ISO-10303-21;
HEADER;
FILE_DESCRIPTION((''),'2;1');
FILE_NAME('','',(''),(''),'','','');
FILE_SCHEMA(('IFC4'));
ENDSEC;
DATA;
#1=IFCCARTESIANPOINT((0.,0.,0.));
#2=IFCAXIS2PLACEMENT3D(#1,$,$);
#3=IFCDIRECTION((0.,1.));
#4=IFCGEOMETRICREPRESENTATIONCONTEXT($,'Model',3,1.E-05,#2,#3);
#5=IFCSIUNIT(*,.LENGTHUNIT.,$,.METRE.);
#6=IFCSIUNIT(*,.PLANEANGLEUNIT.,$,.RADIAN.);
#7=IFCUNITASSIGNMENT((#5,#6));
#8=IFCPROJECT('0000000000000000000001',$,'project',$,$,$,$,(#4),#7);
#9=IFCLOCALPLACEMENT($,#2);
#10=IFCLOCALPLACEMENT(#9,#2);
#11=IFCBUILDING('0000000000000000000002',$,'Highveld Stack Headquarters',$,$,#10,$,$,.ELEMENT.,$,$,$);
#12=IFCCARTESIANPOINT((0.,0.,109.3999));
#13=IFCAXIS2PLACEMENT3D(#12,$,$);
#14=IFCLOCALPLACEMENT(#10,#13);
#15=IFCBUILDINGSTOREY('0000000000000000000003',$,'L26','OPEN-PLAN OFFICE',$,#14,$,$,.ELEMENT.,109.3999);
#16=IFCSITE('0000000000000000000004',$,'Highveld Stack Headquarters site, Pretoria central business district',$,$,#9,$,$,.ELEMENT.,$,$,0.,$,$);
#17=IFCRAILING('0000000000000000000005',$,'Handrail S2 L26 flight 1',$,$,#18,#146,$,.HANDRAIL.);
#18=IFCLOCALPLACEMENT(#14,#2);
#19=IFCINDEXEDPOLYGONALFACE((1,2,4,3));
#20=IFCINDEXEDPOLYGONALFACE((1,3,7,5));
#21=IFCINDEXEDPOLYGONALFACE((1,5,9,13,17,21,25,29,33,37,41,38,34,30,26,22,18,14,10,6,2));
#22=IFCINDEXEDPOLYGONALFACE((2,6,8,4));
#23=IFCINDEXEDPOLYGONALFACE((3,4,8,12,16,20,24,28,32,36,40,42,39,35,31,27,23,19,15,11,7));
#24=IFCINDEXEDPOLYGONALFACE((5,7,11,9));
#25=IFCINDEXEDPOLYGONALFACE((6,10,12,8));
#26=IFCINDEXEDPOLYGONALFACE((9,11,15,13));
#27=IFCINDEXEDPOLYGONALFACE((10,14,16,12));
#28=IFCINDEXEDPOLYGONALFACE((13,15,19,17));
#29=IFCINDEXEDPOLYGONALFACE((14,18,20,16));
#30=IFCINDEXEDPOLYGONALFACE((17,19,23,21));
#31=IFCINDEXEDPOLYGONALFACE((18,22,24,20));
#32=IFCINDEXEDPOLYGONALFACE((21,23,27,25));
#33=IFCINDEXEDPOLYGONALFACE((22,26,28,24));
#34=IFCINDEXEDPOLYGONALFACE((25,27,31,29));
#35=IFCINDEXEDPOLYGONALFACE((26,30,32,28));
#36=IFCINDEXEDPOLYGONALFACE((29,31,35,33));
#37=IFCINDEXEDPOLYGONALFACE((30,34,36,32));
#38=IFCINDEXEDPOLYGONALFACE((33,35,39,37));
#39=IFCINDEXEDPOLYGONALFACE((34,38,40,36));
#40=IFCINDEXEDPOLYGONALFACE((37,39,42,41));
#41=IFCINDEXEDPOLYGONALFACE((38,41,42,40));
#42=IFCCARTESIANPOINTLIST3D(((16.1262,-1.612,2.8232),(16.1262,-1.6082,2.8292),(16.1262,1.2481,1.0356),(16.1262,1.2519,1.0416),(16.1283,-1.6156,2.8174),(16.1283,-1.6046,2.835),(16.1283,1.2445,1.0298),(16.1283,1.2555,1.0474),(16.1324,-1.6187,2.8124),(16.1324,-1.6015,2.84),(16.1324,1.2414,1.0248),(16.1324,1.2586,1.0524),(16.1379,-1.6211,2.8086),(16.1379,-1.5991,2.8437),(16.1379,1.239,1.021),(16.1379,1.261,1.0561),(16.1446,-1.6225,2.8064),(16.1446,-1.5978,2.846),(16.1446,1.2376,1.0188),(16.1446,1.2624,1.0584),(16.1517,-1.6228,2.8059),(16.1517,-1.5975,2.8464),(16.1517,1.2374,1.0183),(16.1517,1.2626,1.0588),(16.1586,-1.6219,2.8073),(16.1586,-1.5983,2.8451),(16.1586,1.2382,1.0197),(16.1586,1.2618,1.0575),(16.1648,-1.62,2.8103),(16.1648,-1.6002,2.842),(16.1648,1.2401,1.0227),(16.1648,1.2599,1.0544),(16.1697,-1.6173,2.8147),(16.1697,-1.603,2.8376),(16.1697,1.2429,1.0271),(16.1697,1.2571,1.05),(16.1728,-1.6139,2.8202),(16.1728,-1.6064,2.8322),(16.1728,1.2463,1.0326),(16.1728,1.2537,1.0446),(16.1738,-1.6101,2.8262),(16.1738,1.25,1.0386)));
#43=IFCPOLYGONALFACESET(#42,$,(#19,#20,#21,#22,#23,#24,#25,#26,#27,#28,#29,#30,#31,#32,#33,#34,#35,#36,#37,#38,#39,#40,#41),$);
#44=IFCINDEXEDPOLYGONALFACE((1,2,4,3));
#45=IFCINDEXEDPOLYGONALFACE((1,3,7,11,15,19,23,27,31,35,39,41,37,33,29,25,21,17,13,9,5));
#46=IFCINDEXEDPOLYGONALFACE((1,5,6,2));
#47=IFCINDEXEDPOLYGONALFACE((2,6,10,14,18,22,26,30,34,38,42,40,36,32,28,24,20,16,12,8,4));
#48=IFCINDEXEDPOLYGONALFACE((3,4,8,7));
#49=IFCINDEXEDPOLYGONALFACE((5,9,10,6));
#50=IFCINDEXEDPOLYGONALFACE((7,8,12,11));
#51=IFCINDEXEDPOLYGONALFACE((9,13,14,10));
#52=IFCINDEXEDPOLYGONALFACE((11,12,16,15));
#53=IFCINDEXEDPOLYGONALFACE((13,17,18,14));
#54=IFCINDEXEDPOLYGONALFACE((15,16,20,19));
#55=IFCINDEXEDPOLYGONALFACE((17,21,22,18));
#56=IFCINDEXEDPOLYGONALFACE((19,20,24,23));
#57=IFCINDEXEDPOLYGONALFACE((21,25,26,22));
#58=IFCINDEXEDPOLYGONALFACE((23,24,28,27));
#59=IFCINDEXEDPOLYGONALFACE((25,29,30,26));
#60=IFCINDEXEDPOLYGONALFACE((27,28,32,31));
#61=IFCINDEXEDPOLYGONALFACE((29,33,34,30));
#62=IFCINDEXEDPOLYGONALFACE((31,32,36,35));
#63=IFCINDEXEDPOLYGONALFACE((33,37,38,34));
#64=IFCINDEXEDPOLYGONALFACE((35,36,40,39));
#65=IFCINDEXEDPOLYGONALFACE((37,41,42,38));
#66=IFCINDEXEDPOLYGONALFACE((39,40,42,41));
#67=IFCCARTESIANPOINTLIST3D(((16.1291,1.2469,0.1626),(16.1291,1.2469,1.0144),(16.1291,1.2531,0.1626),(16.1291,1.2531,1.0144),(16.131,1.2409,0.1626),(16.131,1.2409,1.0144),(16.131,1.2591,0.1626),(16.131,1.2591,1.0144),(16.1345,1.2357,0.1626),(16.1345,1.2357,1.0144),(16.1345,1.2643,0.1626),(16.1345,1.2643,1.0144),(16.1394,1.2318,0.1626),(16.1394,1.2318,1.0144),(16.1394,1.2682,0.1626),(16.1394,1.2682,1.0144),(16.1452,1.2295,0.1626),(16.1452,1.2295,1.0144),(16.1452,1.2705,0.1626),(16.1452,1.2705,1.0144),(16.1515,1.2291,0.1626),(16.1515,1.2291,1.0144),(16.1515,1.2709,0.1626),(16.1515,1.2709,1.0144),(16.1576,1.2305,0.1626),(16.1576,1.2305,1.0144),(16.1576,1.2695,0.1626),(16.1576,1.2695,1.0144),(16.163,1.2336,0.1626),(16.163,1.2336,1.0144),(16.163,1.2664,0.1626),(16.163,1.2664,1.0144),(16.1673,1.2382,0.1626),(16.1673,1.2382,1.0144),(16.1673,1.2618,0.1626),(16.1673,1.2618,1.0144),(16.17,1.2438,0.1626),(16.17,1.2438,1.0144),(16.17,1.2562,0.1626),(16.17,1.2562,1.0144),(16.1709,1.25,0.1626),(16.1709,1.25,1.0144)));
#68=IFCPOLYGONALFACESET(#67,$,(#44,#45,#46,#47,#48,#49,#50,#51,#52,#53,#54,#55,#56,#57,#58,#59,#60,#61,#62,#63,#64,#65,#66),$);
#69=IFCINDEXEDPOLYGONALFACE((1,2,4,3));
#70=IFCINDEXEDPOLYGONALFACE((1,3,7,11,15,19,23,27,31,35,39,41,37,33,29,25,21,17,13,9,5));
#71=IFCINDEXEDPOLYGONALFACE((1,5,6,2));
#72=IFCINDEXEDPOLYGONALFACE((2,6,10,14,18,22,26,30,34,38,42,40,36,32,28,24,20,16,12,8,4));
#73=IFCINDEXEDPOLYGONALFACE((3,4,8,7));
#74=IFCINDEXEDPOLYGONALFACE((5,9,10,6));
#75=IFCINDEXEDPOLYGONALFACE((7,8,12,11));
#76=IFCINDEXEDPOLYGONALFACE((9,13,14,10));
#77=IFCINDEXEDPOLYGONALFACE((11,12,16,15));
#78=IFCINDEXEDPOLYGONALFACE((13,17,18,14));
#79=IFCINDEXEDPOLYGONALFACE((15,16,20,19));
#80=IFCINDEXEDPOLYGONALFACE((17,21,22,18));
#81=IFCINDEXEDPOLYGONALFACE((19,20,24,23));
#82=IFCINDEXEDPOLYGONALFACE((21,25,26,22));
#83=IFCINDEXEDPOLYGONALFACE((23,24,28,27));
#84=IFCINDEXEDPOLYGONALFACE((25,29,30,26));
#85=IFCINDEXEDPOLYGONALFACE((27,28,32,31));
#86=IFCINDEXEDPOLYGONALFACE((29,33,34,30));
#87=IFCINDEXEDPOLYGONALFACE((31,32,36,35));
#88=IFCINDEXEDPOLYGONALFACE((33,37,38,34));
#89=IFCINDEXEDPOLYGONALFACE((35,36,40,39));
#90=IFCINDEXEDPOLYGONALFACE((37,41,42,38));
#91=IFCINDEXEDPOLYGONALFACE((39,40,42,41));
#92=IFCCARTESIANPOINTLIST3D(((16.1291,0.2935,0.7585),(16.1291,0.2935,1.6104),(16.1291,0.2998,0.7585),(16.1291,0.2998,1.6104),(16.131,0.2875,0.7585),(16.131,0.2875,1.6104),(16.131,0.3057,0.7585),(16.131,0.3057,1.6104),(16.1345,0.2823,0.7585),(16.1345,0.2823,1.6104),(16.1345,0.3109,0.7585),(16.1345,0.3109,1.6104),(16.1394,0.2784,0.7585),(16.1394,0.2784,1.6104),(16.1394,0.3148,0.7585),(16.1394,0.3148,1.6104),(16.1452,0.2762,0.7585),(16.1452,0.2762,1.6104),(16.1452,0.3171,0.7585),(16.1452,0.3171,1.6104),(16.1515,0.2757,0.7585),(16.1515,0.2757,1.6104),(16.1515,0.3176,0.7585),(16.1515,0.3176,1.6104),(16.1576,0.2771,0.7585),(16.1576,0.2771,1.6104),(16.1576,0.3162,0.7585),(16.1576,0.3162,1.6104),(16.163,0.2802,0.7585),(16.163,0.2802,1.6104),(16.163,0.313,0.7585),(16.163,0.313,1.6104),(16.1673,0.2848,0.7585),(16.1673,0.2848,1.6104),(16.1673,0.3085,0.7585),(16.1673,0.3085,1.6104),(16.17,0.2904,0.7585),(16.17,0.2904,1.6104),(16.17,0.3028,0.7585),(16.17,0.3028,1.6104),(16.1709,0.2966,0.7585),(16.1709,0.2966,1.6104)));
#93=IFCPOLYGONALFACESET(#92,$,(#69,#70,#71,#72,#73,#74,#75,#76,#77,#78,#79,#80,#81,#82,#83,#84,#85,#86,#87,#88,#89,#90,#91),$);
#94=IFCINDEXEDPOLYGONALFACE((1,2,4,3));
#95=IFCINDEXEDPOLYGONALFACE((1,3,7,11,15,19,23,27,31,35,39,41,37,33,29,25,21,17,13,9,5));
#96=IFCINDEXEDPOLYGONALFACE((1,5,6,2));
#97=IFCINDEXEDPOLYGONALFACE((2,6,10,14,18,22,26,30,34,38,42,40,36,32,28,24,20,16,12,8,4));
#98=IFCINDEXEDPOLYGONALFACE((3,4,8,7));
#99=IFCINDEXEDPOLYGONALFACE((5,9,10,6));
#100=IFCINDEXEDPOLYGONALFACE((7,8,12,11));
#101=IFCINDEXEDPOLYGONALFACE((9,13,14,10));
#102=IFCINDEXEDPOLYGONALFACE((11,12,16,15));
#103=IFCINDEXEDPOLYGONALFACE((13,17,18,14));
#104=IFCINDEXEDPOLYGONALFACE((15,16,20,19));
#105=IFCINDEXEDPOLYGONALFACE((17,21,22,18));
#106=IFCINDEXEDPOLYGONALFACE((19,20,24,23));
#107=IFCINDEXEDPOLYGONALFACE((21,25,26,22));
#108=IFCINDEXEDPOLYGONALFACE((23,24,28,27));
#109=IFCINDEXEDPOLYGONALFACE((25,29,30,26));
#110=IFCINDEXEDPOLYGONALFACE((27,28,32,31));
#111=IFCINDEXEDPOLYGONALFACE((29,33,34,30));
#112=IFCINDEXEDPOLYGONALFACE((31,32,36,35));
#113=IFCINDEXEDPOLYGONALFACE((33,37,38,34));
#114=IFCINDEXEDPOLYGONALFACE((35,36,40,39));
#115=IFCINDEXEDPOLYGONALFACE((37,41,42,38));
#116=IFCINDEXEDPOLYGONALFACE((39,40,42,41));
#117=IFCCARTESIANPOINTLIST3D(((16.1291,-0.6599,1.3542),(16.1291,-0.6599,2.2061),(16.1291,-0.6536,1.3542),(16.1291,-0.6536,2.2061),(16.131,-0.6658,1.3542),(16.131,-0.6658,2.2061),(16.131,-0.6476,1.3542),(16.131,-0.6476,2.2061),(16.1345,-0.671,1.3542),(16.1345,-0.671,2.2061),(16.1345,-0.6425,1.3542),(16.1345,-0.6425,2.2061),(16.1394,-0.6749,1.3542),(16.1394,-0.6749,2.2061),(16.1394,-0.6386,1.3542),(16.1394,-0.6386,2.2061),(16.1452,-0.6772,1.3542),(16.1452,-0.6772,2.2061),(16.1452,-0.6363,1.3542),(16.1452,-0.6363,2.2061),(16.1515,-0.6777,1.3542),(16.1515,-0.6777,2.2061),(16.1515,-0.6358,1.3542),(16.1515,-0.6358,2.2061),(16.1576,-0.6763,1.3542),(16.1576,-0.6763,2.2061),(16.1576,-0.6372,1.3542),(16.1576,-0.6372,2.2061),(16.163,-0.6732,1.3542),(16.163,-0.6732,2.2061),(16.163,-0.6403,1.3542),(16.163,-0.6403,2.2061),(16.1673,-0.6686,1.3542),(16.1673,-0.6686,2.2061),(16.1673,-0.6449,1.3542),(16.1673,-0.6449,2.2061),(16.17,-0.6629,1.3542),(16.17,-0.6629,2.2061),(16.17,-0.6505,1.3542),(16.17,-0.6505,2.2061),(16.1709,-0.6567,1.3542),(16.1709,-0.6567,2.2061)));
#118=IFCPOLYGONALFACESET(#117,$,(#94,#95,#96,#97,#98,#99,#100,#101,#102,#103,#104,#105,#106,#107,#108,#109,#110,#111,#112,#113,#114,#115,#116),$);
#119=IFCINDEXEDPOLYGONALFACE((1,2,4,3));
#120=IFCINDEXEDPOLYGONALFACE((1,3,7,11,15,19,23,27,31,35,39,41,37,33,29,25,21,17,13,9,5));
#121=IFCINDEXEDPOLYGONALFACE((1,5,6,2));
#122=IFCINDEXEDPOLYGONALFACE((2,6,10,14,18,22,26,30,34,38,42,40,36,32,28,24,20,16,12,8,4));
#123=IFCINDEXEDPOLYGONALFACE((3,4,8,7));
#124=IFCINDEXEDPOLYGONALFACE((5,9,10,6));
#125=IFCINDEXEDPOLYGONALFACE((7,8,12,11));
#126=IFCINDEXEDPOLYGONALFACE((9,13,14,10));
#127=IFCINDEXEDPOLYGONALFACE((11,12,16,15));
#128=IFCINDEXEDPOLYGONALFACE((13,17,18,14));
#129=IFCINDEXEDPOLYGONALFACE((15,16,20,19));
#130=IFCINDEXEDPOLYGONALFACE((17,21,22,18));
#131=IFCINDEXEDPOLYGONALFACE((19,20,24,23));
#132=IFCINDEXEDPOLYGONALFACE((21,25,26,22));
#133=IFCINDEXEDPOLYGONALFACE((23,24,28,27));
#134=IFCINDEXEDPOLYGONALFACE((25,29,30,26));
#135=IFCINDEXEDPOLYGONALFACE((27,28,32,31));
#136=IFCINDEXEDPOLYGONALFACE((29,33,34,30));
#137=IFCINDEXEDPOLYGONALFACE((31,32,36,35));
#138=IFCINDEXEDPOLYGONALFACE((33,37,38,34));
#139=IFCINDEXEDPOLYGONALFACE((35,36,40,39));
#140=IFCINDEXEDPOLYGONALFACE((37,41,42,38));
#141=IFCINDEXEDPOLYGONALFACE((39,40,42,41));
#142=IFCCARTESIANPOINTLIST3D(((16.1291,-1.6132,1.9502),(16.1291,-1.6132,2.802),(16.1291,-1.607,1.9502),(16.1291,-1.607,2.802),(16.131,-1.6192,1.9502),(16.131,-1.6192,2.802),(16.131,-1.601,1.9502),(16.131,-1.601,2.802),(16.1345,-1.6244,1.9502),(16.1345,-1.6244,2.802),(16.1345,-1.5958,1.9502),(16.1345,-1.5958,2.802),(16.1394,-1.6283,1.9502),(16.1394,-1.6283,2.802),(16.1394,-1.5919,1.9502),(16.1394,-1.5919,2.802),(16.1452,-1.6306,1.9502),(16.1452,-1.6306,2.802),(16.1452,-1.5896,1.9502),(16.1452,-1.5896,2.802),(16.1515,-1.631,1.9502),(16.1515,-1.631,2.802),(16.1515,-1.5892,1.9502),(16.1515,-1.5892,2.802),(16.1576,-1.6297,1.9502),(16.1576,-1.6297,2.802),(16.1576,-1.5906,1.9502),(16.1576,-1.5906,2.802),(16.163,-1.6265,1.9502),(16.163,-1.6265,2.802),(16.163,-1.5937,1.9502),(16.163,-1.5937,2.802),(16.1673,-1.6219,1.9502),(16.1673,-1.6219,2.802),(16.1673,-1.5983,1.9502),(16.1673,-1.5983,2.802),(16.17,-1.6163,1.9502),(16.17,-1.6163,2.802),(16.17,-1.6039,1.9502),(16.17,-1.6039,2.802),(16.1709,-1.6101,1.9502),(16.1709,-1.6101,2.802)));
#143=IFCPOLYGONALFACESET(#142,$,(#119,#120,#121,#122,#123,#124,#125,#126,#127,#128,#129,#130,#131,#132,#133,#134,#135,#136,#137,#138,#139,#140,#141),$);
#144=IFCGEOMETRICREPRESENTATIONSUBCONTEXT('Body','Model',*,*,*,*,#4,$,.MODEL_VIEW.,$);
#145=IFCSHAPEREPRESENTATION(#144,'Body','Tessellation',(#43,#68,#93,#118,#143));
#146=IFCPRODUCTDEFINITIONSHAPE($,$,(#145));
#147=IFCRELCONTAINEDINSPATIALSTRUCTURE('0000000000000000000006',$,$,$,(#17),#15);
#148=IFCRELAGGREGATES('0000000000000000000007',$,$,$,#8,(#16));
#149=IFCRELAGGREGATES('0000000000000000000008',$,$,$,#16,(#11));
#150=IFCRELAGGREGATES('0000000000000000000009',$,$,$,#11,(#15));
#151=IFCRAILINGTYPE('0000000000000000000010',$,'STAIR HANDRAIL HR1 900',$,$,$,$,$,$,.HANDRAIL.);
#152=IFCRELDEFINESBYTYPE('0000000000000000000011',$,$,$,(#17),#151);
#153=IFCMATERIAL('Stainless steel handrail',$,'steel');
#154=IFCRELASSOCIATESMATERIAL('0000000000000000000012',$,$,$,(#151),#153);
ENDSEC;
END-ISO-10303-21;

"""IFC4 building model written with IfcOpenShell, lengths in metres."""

from ifc_helpers import new_model, si_unit, direction, frame, origin, origin_2d, place, context, subcontext, project, spatial, circle, extrude, material, type_object, element, save


model = new_model("IFC4")

# Units and contexts
model_context = context("Model", 3, precision=1e-05, world=origin(), true_north=direction((0.0, 1.0)))
body_context = subcontext(model_context, "Body", "Model", "MODEL_VIEW")
ifc_project = project(units=[si_unit("LENGTHUNIT", "METRE"), si_unit("PLANEANGLEUNIT", "RADIAN")], contexts=[model_context])

# Site, building, storey
site_placement = place(None, origin())
site = spatial("IfcSite", under=ifc_project, at=site_placement, Name="Highveld Stack Headquarters site, Pretoria central business district", CompositionType="ELEMENT", RefElevation=0.0)
building_placement = place(site_placement, origin())
building = spatial("IfcBuilding", under=site, at=building_placement, Name="Highveld Stack Headquarters", CompositionType="ELEMENT")
storey_placement = place(building_placement, frame((0.0, 0.0, 109.3999)))
storey = spatial("IfcBuildingStorey", under=building, at=storey_placement, Name="L26", Description="OPEN-PLAN OFFICE", CompositionType="ELEMENT", Elevation=109.3999)

# Railing
ifc_material_1 = material(Name="Stainless steel handrail", Category="steel")
railing_type = type_object("IfcRailingType", Name="STAIR HANDRAIL HR1 900", PredefinedType="HANDRAIL", material=ifc_material_1)
for number, where, name in (
    (1, (16.1499, 1.25, 0.1626), "Handrail S2 L26 flight 1"),
):
    element("IfcRailing", number, at=place(storey_placement, frame(where)), inside=storey, type_object=railing_type, Name=name, PredefinedType="HANDRAIL", context=body_context, shape_type="SweptSolid", body=[
        extrude(circle(Radius=0.0239, at=origin_2d()), frame((0.0, 0.0, 0.876), z_axis=(0.0, -0.847994, 0.530005), x_axis=(1.0, 0.0, 0.0)), (0.0, 0.0, 1.0), 3.3728),
        extrude(circle(Radius=0.021, at=origin_2d()), origin(), (0.0, 0.0, 1.0), 0.8518),
        extrude(circle(Radius=0.021, at=origin_2d()), frame((0.0, -0.9534, 0.5959)), (0.0, 0.0, 1.0), 0.8518),
        extrude(circle(Radius=0.021, at=origin_2d()), frame((0.0, -1.9067, 1.1917)), (0.0, 0.0, 1.0), 0.8518),
        extrude(circle(Radius=0.021, at=origin_2d()), frame((0.0, -2.8601, 1.7876)), (0.0, 0.0, 1.0), 0.8518),
    ])

save(model, "model.ifc")
